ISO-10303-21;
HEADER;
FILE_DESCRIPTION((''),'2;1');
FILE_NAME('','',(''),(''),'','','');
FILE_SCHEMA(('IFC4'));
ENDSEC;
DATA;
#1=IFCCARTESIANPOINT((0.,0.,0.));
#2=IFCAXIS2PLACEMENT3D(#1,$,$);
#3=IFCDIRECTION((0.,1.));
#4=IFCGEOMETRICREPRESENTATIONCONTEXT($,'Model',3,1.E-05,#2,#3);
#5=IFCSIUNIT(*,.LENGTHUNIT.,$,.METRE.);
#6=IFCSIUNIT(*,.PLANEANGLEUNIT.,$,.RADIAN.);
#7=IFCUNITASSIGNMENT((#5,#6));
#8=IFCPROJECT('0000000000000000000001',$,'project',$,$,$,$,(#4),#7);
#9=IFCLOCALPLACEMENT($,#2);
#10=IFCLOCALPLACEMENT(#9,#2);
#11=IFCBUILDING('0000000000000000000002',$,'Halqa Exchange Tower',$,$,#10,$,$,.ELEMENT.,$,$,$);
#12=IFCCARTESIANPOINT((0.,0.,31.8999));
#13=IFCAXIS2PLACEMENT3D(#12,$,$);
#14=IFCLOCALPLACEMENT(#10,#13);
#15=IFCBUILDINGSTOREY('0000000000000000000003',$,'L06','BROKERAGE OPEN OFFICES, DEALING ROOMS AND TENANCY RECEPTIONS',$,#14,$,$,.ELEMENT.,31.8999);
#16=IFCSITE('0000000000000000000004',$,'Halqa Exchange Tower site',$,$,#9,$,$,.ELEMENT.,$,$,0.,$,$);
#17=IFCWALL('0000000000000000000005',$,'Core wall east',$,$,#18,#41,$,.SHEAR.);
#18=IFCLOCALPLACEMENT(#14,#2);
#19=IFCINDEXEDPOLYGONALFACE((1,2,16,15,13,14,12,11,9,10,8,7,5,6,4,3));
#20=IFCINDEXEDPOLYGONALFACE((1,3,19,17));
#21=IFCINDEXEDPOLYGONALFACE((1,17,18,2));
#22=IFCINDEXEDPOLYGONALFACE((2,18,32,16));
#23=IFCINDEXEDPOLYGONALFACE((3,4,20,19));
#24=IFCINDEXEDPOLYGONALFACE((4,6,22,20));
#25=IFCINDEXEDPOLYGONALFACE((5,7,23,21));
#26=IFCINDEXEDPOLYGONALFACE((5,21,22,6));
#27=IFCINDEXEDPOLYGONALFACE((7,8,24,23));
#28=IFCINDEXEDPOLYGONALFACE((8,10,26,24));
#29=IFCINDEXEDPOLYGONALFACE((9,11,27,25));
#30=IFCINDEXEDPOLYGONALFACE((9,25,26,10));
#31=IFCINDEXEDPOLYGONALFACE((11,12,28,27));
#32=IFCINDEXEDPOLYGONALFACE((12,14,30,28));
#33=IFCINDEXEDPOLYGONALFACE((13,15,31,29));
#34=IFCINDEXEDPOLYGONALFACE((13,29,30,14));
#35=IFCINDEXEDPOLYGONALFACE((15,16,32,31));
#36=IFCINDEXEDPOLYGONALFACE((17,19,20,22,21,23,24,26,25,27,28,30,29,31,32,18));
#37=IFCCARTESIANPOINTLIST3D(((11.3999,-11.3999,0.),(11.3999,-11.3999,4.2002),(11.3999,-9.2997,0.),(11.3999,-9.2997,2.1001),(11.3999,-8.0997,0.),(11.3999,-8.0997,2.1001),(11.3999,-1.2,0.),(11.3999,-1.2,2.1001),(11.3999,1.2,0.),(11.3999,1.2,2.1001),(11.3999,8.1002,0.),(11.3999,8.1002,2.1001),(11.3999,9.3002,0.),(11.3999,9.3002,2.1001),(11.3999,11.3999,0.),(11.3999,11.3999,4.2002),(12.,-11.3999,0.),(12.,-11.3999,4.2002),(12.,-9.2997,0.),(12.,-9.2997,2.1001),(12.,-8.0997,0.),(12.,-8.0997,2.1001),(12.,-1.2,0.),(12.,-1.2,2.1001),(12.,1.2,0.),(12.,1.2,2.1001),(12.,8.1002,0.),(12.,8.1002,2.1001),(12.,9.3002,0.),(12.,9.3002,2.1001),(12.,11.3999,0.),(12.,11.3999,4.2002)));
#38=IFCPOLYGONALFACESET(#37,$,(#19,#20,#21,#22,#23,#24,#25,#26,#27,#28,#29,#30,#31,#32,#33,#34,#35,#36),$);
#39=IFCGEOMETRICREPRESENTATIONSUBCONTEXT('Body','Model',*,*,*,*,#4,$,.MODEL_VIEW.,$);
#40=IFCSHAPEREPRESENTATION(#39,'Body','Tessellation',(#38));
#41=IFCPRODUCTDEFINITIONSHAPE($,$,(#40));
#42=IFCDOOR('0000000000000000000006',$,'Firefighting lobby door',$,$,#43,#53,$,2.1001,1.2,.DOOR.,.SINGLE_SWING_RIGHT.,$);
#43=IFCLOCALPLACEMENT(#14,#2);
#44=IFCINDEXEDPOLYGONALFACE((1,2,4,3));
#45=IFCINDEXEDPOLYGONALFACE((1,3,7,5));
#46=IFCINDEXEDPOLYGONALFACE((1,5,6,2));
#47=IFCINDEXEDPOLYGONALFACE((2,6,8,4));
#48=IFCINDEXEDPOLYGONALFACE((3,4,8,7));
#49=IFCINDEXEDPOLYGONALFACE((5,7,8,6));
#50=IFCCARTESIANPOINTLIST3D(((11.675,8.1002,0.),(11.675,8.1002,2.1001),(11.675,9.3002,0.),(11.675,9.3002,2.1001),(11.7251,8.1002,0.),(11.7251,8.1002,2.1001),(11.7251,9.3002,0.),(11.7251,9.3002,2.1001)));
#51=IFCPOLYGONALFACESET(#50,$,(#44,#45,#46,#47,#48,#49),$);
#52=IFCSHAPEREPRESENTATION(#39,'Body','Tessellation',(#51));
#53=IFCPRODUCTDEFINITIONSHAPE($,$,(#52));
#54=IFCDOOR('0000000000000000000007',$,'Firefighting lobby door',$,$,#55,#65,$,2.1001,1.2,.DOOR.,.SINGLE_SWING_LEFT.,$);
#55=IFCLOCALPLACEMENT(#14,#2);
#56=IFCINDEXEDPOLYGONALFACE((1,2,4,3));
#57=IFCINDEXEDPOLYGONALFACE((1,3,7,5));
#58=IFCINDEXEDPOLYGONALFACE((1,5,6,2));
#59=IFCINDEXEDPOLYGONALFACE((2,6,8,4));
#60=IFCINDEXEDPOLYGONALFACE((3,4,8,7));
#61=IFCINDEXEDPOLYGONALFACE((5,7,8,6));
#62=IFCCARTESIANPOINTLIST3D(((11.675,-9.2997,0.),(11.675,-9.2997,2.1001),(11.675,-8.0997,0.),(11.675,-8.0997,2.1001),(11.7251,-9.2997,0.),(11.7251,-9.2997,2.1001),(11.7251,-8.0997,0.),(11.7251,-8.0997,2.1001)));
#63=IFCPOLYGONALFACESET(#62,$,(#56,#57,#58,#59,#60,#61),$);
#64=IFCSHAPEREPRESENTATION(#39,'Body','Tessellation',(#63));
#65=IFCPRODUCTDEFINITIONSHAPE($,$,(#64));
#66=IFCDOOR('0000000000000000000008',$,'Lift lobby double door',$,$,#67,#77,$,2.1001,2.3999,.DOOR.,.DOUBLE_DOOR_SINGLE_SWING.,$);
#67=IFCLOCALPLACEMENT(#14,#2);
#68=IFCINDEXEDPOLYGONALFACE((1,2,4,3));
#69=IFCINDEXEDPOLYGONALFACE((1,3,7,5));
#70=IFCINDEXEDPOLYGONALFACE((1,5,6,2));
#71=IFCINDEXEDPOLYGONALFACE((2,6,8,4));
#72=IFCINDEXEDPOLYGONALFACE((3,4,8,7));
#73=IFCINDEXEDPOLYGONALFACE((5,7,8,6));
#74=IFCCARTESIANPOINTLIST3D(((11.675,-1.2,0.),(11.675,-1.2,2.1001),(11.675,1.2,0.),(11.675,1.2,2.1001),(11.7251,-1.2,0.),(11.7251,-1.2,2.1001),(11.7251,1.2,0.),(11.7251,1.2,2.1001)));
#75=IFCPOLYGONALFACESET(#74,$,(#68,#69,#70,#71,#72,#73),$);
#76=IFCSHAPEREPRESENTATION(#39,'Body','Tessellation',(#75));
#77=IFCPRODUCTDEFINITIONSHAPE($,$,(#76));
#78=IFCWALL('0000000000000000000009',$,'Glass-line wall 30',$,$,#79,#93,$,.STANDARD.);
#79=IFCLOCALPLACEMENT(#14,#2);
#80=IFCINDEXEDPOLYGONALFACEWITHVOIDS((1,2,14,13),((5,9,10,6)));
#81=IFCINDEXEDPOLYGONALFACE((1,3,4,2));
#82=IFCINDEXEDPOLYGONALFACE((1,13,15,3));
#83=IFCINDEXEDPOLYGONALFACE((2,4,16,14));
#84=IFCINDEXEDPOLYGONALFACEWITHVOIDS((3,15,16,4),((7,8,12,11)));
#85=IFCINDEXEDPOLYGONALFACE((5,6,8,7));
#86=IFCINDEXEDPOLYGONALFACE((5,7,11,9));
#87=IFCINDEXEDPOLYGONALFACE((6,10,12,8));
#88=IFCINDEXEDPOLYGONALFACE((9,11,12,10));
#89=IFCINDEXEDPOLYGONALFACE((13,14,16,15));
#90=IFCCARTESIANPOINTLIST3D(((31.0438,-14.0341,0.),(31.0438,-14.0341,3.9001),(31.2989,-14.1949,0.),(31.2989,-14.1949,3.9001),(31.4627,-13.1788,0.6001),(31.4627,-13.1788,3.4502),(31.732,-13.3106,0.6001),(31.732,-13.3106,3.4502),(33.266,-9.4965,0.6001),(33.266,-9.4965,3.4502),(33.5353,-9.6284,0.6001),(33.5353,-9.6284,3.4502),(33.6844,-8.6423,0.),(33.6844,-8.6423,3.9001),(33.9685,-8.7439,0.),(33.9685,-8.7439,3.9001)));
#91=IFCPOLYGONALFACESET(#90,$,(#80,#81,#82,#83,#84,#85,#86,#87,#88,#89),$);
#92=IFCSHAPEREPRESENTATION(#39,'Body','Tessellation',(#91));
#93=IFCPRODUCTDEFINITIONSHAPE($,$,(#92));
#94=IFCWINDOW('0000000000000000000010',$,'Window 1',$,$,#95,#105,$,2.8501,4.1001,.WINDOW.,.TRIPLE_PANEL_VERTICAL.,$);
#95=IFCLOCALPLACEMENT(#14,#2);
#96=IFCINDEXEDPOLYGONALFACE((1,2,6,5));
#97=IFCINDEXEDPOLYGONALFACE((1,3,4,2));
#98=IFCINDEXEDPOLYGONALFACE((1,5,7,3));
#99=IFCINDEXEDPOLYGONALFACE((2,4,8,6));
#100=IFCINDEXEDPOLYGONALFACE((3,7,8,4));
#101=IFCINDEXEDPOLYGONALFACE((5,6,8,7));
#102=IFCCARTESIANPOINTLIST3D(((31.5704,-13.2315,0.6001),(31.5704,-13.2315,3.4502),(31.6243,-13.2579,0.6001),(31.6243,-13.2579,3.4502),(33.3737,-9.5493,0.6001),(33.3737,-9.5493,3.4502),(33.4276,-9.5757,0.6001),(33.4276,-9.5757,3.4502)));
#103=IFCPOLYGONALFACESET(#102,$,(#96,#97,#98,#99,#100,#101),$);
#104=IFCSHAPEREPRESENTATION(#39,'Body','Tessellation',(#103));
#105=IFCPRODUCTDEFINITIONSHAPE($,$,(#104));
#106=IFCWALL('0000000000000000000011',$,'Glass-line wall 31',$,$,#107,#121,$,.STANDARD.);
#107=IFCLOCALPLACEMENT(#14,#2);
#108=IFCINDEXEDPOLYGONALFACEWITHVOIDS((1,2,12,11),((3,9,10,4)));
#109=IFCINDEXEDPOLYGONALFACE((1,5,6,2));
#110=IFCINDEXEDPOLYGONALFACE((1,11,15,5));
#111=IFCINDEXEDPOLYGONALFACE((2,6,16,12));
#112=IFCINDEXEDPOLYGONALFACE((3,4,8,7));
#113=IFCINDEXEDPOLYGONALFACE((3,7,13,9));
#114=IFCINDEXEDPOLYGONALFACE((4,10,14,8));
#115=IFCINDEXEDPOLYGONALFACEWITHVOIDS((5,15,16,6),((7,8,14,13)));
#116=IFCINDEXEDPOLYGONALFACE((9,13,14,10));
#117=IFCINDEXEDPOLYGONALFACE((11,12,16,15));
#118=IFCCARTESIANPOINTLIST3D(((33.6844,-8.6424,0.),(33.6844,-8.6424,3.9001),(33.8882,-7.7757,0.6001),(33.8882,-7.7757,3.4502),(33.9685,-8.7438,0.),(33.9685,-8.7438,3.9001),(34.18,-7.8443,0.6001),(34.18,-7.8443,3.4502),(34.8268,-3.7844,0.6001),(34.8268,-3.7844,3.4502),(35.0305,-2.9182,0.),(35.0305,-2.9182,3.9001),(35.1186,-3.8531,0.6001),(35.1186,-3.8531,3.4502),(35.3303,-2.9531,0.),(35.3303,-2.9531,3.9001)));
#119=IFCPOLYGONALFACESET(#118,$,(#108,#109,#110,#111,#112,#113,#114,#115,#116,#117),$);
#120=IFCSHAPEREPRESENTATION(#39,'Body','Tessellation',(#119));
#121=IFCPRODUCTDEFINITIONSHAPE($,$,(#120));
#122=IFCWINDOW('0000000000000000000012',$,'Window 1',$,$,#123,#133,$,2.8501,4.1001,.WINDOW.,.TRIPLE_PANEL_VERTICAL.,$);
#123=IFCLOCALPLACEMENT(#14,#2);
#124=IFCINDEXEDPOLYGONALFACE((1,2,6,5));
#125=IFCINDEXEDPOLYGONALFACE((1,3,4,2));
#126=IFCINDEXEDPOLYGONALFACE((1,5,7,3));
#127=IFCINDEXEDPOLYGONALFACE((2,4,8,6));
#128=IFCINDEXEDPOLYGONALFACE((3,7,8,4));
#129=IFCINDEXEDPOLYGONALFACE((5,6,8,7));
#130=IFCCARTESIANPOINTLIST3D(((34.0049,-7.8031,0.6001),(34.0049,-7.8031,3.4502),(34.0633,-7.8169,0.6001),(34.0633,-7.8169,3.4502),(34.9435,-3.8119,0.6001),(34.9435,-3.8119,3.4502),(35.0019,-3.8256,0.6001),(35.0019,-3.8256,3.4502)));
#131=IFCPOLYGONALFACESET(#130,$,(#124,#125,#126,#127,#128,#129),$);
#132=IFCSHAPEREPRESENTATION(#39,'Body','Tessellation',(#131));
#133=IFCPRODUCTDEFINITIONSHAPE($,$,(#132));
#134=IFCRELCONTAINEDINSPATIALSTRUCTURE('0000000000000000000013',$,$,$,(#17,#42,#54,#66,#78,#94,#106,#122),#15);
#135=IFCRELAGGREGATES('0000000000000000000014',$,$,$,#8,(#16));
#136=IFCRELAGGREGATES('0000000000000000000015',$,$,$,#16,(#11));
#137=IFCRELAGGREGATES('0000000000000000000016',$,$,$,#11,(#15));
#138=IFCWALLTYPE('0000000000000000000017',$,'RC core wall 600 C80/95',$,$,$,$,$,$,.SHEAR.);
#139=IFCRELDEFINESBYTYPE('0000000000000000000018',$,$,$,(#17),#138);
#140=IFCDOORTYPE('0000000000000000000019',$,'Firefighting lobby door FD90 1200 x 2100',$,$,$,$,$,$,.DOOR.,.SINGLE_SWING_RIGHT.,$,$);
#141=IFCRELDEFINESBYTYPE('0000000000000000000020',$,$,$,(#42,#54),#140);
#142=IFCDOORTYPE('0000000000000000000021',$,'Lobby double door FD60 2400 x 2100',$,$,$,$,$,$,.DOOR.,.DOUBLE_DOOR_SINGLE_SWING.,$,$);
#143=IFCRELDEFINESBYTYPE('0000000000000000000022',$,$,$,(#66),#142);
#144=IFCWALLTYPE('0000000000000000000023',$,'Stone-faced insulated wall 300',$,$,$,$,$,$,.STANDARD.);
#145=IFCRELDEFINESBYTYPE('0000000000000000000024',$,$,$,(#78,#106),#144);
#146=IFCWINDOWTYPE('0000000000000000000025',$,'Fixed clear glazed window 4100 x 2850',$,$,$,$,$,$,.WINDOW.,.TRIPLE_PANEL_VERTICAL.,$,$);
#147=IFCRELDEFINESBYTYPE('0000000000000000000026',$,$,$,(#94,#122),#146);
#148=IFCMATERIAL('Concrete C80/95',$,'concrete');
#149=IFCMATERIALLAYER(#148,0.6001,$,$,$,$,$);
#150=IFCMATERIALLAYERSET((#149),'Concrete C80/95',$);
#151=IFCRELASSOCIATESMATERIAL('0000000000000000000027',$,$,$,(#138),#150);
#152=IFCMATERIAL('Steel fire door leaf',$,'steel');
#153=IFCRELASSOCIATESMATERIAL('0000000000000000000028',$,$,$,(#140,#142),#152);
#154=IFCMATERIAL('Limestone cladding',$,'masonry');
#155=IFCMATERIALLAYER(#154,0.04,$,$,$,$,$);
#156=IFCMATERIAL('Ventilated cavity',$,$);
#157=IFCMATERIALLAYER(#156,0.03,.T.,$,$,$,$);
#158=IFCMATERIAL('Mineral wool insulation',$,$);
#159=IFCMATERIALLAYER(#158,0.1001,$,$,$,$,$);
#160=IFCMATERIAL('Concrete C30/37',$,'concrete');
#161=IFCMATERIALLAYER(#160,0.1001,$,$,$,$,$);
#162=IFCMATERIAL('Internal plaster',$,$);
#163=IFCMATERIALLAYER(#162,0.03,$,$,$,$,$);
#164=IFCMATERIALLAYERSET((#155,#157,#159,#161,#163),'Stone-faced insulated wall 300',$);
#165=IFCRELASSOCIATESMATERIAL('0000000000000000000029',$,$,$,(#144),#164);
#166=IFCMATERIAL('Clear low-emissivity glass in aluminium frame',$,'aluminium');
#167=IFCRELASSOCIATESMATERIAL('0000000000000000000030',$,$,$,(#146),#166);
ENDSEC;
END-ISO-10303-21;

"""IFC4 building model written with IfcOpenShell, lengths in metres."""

from ifc_helpers import new_model, si_unit, direction, frame, frame_2d, origin, place, context, subcontext, project, spatial, polyline, rectangle, outline, extrude, material, layer, layer_set, type_object, element, fill, save


model = new_model("IFC4")

# Units and contexts
model_context = context("Model", 3, precision=1e-05, world=origin(), true_north=direction((0.0, 1.0)))
body_context = subcontext(model_context, "Body", "Model", "MODEL_VIEW")
ifc_project = project(units=[si_unit("LENGTHUNIT", "METRE"), si_unit("PLANEANGLEUNIT", "RADIAN")], contexts=[model_context])

# Site, building, storey
site_placement = place(None, origin())
site = spatial("IfcSite", under=ifc_project, at=site_placement, Name="Halqa Exchange Tower site", CompositionType="ELEMENT", RefElevation=0.0)
building_placement = place(site_placement, origin())
building = spatial("IfcBuilding", under=site, at=building_placement, Name="Halqa Exchange Tower", CompositionType="ELEMENT")
storey_placement = place(building_placement, frame((0.0, 0.0, 31.8999)))
storey = spatial("IfcBuildingStorey", under=building, at=storey_placement, Name="L06", Description="BROKERAGE OPEN OFFICES, DEALING ROOMS AND TENANCY RECEPTIONS", CompositionType="ELEMENT", Elevation=31.8999)

# Shared definitions
ifc_material_1 = material(Name="Concrete C80/95", Category="concrete")

# Wall, openings, doors
ifc_layer_1 = layer(ifc_material_1, 0.6001)
ifc_layer_set_1 = layer_set([ifc_layer_1], Name="Concrete C80/95")
wall_type_1 = type_object("IfcWallType", Name="RC core wall 600 C80/95", PredefinedType="SHEAR", material=ifc_layer_set_1)
wall_1_placement = place(storey_placement, frame((11.7, -11.3999, 0.0), z_axis=(0.0, 0.0, 1.0), x_axis=(0.0, 1.0, 0.0)))
wall_1 = element("IfcWall", 1, at=wall_1_placement, inside=storey, type_object=wall_type_1, Name="Core wall east", PredefinedType="SHEAR", context=body_context, shape_type="SweptSolid", body=[
    extrude(rectangle(XDim=22.7998, YDim=0.6001, at=frame_2d((11.3999, 0.0))), origin(), (0.0, 0.0, 1.0), 4.2002),
])
opening_1_placement = place(wall_1_placement, frame((10.2, 0.0, 0.0)))
opening_1 = element("IfcOpeningElement", 2, at=opening_1_placement, cuts=wall_1, PredefinedType="OPENING", context=body_context, shape_type="SweptSolid", body=[
    extrude(rectangle(XDim=2.3999, YDim=2.1001, at=frame_2d((1.2, 1.05))), frame((0.0, 0.312, 0.0), z_axis=(0.0, -1.0, 0.0), x_axis=(1.0, 0.0, 0.0)), (0.0, 0.0, 1.0), 0.624),
])
opening_2_placement = place(wall_1_placement, frame((19.5, 0.0, 0.0)))
opening_2 = element("IfcOpeningElement", 3, at=opening_2_placement, cuts=wall_1, PredefinedType="OPENING", context=body_context, shape_type="SweptSolid", body=[
    extrude(rectangle(XDim=1.2, YDim=2.1001, at=frame_2d((0.6001, 1.05))), frame((0.0, 0.312, 0.0), z_axis=(0.0, -1.0, 0.0), x_axis=(1.0, 0.0, 0.0)), (0.0, 0.0, 1.0), 0.624),
])
opening_3_placement = place(wall_1_placement, frame((2.1001, 0.0, 0.0)))
opening_3 = element("IfcOpeningElement", 4, at=opening_3_placement, cuts=wall_1, PredefinedType="OPENING", context=body_context, shape_type="SweptSolid", body=[
    extrude(rectangle(XDim=1.2, YDim=2.1001, at=frame_2d((0.6001, 1.05))), frame((0.0, 0.312, 0.0), z_axis=(0.0, -1.0, 0.0), x_axis=(1.0, 0.0, 0.0)), (0.0, 0.0, 1.0), 0.624),
])
ifc_material_2 = material(Name="Steel fire door leaf", Category="steel")
door_type_1 = type_object("IfcDoorType", Name="Firefighting lobby door FD90 1200 x 2100", OperationType="SINGLE_SWING_RIGHT", PredefinedType="DOOR", material=ifc_material_2)
door_1_placement = place(opening_2_placement, origin())
door_1 = element("IfcDoor", 5, at=door_1_placement, inside=storey, type_object=door_type_1, Name="Firefighting lobby door", OperationType="SINGLE_SWING_RIGHT", OverallHeight=2.1001, OverallWidth=1.2, PredefinedType="DOOR", context=body_context, shape_type="SweptSolid", body=[
    extrude(rectangle(XDim=1.2, YDim=2.1001, at=frame_2d((0.6001, 1.05))), frame((0.0, 0.0249, 0.0), z_axis=(0.0, -1.0, 0.0), x_axis=(1.0, 0.0, 0.0)), (0.0, 0.0, 1.0), 0.05),
])
fill(opening_2, door_1)
door_2_placement = place(opening_3_placement, origin())
door_2 = element("IfcDoor", 6, at=door_2_placement, inside=storey, type_object=door_type_1, Name="Firefighting lobby door", OperationType="SINGLE_SWING_LEFT", OverallHeight=2.1001, OverallWidth=1.2, PredefinedType="DOOR", context=body_context, shape_type="SweptSolid", body=[
    extrude(rectangle(XDim=1.2, YDim=2.1001, at=frame_2d((0.6001, 1.05))), frame((0.0, 0.0249, 0.0), z_axis=(0.0, -1.0, 0.0), x_axis=(1.0, 0.0, 0.0)), (0.0, 0.0, 1.0), 0.05),
])
fill(opening_3, door_2)
door_type_2 = type_object("IfcDoorType", Name="Lobby double door FD60 2400 x 2100", OperationType="DOUBLE_DOOR_SINGLE_SWING", PredefinedType="DOOR", material=ifc_material_2)
door_3_placement = place(opening_1_placement, origin())
door_3 = element("IfcDoor", 7, at=door_3_placement, inside=storey, type_object=door_type_2, Name="Lift lobby double door", OperationType="DOUBLE_DOOR_SINGLE_SWING", OverallHeight=2.1001, OverallWidth=2.3999, PredefinedType="DOOR", context=body_context, shape_type="SweptSolid", body=[
    extrude(rectangle(XDim=2.3999, YDim=2.1001, at=frame_2d((1.2, 1.05))), frame((0.0, 0.0249, 0.0), z_axis=(0.0, -1.0, 0.0), x_axis=(1.0, 0.0, 0.0)), (0.0, 0.0, 1.0), 0.05),
])
fill(opening_1, door_3)

# Walls, openings, windows
ifc_material_3 = material(Name="Limestone cladding", Category="masonry")
ifc_layer_2 = layer(ifc_material_3, 0.04)
ifc_material_4 = material(Name="Ventilated cavity")
ifc_layer_3 = layer(ifc_material_4, 0.03, ventilated=True)
ifc_material_5 = material(Name="Mineral wool insulation")
ifc_layer_4 = layer(ifc_material_5, 0.1001)
ifc_material_6 = material(Name="Concrete C30/37", Category="concrete")
ifc_layer_5 = layer(ifc_material_6, 0.1001)
ifc_material_7 = material(Name="Internal plaster")
ifc_layer_6 = layer(ifc_material_7, 0.03)
ifc_layer_set_2 = layer_set([ifc_layer_2, ifc_layer_3, ifc_layer_4, ifc_layer_5, ifc_layer_6], Name="Stone-faced insulated wall 300")
wall_type_2 = type_object("IfcWallType", Name="Stone-faced insulated wall 300", PredefinedType="STANDARD", material=ifc_layer_set_2)
wall_2_placement = place(storey_placement, frame((31.1714, -14.1145, 0.0), z_axis=(0.0, 0.0, 1.0), x_axis=(0.439822, 0.898085, 0.0)))
wall_2 = element("IfcWall", 8, at=wall_2_placement, inside=storey, type_object=wall_type_2, Name="Glass-line wall 30", PredefinedType="STANDARD", context=body_context, shape_type="SweptSolid", body=[
    extrude(outline(polyline([(-0.0161, -0.1499), (6.0535, -0.1499), (6.0198, 0.1499), (0.0161, 0.1499), (-0.0161, -0.1499)])), origin(), (0.0, 0.0, 1.0), 3.9001),
])
opening_4_placement = place(wall_2_placement, frame((0.9685, 0.0, 0.6001)))
opening_4 = element("IfcOpeningElement", 9, at=opening_4_placement, cuts=wall_2, PredefinedType="OPENING", context=body_context, shape_type="SweptSolid", body=[
    extrude(rectangle(XDim=4.1001, YDim=2.8501, at=frame_2d((2.05, 1.425))), frame((0.0, 0.1621, 0.0), z_axis=(0.0, -1.0, 0.0), x_axis=(1.0, 0.0, 0.0)), (0.0, 0.0, 1.0), 0.324),
])
ifc_material_8 = material(Name="Clear low-emissivity glass in aluminium frame", Category="aluminium")
window_type = type_object("IfcWindowType", Name="Fixed clear glazed window 4100 x 2850", PartitioningType="TRIPLE_PANEL_VERTICAL", PredefinedType="WINDOW", material=ifc_material_8)
window_1_placement = place(opening_4_placement, origin())
window_1 = element("IfcWindow", 10, at=window_1_placement, inside=storey, type_object=window_type, Name="Window 1", OverallHeight=2.8501, OverallWidth=4.1001, PartitioningType="TRIPLE_PANEL_VERTICAL", PredefinedType="WINDOW", context=body_context, shape_type="SweptSolid", body=[
    extrude(rectangle(XDim=4.1001, YDim=2.8501, at=frame_2d((2.05, 1.425))), frame((0.0, 0.03, 0.0), z_axis=(0.0, -1.0, 0.0), x_axis=(1.0, 0.0, 0.0)), (0.0, 0.0, 1.0), 0.0601),
])
fill(opening_4, window_1)
wall_3_placement = place(storey_placement, frame((33.8264, -8.6931, 0.0), z_axis=(0.0, 0.0, 1.0), x_axis=(0.228924, 0.973444, 0.0)))
wall_3 = element("IfcWall", 11, at=wall_3_placement, inside=storey, type_object=wall_type_2, Name="Glass-line wall 31", PredefinedType="STANDARD", context=body_context, shape_type="SweptSolid", body=[
    extrude(outline(polyline([(-0.0168, -0.1499), (5.9319, -0.1499), (5.8972, 0.1499), (0.0168, 0.1499), (-0.0168, -0.1499)])), origin(), (0.0, 0.0, 1.0), 3.9001),
])
opening_5_placement = place(wall_3_placement, frame((0.9072, 0.0, 0.6001)))
opening_5 = element("IfcOpeningElement", 12, at=opening_5_placement, cuts=wall_3, PredefinedType="OPENING", context=body_context, shape_type="SweptSolid", body=[
    extrude(rectangle(XDim=4.1001, YDim=2.8501, at=frame_2d((2.05, 1.425))), frame((0.0, 0.1621, 0.0), z_axis=(0.0, -1.0, 0.0), x_axis=(1.0, 0.0, 0.0)), (0.0, 0.0, 1.0), 0.324),
])
window_2_placement = place(opening_5_placement, origin())
window_2 = element("IfcWindow", 13, at=window_2_placement, inside=storey, type_object=window_type, Name="Window 1", OverallHeight=2.8501, OverallWidth=4.1001, PartitioningType="TRIPLE_PANEL_VERTICAL", PredefinedType="WINDOW", context=body_context, shape_type="SweptSolid", body=[
    extrude(rectangle(XDim=4.1001, YDim=2.8501, at=frame_2d((2.05, 1.425))), frame((0.0, 0.03, 0.0), z_axis=(0.0, -1.0, 0.0), x_axis=(1.0, 0.0, 0.0)), (0.0, 0.0, 1.0), 0.0601),
])
fill(opening_5, window_2)

save(model, "model.ifc")
